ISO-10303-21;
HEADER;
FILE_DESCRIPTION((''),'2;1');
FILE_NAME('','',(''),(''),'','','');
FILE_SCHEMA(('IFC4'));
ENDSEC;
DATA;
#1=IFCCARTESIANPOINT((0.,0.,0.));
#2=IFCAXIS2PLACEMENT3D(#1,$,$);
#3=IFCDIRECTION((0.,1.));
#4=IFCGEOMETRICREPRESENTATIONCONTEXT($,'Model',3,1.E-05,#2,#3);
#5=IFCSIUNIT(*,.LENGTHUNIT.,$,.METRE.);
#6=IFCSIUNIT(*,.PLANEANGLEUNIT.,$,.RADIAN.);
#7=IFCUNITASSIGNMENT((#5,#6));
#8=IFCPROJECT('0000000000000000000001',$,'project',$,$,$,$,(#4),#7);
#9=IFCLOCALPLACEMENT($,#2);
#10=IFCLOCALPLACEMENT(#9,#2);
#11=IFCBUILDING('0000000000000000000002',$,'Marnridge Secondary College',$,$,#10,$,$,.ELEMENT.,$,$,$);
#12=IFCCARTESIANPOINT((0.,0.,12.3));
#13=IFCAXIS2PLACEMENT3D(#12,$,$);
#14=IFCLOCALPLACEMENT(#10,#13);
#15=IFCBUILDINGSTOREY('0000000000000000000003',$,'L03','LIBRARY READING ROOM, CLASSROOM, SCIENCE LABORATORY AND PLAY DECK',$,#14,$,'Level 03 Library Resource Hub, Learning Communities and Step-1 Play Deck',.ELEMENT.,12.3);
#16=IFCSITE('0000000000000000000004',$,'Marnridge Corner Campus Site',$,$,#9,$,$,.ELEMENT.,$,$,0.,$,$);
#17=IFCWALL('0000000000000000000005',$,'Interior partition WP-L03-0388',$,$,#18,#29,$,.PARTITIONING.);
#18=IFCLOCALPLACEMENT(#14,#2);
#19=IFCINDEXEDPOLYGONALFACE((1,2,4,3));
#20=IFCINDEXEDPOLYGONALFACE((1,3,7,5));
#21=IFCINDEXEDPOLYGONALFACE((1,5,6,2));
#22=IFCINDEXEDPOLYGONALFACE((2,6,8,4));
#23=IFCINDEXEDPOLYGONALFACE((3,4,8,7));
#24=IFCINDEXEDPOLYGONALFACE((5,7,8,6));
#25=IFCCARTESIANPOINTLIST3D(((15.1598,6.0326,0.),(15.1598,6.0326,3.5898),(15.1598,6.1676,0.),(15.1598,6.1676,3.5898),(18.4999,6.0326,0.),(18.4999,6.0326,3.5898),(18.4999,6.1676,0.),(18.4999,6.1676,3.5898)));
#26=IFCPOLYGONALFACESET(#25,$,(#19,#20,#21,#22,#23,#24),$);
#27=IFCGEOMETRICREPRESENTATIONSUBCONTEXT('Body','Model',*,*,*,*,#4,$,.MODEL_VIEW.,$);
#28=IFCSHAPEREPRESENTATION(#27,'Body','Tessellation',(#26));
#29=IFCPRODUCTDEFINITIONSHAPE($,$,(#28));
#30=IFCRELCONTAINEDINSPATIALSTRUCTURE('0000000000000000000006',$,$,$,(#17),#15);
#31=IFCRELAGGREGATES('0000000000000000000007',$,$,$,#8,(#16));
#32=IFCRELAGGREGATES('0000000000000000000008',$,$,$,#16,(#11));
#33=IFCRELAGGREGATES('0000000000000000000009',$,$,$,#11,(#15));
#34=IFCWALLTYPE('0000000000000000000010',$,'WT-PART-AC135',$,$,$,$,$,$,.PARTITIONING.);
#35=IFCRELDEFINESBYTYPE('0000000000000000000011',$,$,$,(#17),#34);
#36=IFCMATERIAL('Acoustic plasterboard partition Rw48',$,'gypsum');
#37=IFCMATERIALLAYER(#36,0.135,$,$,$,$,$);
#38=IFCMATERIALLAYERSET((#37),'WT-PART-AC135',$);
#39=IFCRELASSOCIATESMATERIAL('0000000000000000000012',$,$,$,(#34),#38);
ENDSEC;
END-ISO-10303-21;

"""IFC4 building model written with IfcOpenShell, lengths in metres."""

from ifc_helpers import new_model, si_unit, direction, frame, frame_2d, origin, place, context, subcontext, project, spatial, rectangle, extrude, material, layer, layer_set, type_object, element, save


model = new_model("IFC4")

# Units and contexts
model_context = context("Model", 3, precision=1e-05, world=origin(), true_north=direction((0.0, 1.0)))
body_context = subcontext(model_context, "Body", "Model", "MODEL_VIEW")
ifc_project = project(units=[si_unit("LENGTHUNIT", "METRE"), si_unit("PLANEANGLEUNIT", "RADIAN")], contexts=[model_context])

# Site, building, storey
site_placement = place(None, origin())
site = spatial("IfcSite", under=ifc_project, at=site_placement, Name="Marnridge Corner Campus Site", CompositionType="ELEMENT", RefElevation=0.0)
building_placement = place(site_placement, origin())
building = spatial("IfcBuilding", under=site, at=building_placement, Name="Marnridge Secondary College", CompositionType="ELEMENT")
storey_placement = place(building_placement, frame((0.0, 0.0, 12.3)))
storey = spatial("IfcBuildingStorey", under=building, at=storey_placement, Name="L03", Description="LIBRARY READING ROOM, CLASSROOM, SCIENCE LABORATORY AND PLAY DECK", LongName="Level 03 Library Resource Hub, Learning Communities and Step-1 Play Deck", CompositionType="ELEMENT", Elevation=12.3)

# Wall
ifc_material_1 = material(Name="Acoustic plasterboard partition Rw48", Category="gypsum")
ifc_layer_1 = layer(ifc_material_1, 0.135)
ifc_layer_set_1 = layer_set([ifc_layer_1], Name="WT-PART-AC135")
wall_type_1 = type_object("IfcWallType", Name="WT-PART-AC135", PredefinedType="PARTITIONING", material=ifc_layer_set_1)
wall_1_placement = place(storey_placement, frame((15.1599, 6.1001, 0.0), z_axis=(0.0, 0.0, 1.0), x_axis=(1.0, 0.0, 0.0)))
element("IfcWall", 1, at=wall_1_placement, inside=storey, type_object=wall_type_1, Name="Interior partition WP-L03-0388", PredefinedType="PARTITIONING", context=body_context, shape_type="SweptSolid", body=[
    extrude(rectangle(XDim=3.3401, YDim=0.135, at=frame_2d((1.6699, 0.0))), origin(), (0.0, 0.0, 1.0), 3.5898),
])

save(model, "model.ifc")
